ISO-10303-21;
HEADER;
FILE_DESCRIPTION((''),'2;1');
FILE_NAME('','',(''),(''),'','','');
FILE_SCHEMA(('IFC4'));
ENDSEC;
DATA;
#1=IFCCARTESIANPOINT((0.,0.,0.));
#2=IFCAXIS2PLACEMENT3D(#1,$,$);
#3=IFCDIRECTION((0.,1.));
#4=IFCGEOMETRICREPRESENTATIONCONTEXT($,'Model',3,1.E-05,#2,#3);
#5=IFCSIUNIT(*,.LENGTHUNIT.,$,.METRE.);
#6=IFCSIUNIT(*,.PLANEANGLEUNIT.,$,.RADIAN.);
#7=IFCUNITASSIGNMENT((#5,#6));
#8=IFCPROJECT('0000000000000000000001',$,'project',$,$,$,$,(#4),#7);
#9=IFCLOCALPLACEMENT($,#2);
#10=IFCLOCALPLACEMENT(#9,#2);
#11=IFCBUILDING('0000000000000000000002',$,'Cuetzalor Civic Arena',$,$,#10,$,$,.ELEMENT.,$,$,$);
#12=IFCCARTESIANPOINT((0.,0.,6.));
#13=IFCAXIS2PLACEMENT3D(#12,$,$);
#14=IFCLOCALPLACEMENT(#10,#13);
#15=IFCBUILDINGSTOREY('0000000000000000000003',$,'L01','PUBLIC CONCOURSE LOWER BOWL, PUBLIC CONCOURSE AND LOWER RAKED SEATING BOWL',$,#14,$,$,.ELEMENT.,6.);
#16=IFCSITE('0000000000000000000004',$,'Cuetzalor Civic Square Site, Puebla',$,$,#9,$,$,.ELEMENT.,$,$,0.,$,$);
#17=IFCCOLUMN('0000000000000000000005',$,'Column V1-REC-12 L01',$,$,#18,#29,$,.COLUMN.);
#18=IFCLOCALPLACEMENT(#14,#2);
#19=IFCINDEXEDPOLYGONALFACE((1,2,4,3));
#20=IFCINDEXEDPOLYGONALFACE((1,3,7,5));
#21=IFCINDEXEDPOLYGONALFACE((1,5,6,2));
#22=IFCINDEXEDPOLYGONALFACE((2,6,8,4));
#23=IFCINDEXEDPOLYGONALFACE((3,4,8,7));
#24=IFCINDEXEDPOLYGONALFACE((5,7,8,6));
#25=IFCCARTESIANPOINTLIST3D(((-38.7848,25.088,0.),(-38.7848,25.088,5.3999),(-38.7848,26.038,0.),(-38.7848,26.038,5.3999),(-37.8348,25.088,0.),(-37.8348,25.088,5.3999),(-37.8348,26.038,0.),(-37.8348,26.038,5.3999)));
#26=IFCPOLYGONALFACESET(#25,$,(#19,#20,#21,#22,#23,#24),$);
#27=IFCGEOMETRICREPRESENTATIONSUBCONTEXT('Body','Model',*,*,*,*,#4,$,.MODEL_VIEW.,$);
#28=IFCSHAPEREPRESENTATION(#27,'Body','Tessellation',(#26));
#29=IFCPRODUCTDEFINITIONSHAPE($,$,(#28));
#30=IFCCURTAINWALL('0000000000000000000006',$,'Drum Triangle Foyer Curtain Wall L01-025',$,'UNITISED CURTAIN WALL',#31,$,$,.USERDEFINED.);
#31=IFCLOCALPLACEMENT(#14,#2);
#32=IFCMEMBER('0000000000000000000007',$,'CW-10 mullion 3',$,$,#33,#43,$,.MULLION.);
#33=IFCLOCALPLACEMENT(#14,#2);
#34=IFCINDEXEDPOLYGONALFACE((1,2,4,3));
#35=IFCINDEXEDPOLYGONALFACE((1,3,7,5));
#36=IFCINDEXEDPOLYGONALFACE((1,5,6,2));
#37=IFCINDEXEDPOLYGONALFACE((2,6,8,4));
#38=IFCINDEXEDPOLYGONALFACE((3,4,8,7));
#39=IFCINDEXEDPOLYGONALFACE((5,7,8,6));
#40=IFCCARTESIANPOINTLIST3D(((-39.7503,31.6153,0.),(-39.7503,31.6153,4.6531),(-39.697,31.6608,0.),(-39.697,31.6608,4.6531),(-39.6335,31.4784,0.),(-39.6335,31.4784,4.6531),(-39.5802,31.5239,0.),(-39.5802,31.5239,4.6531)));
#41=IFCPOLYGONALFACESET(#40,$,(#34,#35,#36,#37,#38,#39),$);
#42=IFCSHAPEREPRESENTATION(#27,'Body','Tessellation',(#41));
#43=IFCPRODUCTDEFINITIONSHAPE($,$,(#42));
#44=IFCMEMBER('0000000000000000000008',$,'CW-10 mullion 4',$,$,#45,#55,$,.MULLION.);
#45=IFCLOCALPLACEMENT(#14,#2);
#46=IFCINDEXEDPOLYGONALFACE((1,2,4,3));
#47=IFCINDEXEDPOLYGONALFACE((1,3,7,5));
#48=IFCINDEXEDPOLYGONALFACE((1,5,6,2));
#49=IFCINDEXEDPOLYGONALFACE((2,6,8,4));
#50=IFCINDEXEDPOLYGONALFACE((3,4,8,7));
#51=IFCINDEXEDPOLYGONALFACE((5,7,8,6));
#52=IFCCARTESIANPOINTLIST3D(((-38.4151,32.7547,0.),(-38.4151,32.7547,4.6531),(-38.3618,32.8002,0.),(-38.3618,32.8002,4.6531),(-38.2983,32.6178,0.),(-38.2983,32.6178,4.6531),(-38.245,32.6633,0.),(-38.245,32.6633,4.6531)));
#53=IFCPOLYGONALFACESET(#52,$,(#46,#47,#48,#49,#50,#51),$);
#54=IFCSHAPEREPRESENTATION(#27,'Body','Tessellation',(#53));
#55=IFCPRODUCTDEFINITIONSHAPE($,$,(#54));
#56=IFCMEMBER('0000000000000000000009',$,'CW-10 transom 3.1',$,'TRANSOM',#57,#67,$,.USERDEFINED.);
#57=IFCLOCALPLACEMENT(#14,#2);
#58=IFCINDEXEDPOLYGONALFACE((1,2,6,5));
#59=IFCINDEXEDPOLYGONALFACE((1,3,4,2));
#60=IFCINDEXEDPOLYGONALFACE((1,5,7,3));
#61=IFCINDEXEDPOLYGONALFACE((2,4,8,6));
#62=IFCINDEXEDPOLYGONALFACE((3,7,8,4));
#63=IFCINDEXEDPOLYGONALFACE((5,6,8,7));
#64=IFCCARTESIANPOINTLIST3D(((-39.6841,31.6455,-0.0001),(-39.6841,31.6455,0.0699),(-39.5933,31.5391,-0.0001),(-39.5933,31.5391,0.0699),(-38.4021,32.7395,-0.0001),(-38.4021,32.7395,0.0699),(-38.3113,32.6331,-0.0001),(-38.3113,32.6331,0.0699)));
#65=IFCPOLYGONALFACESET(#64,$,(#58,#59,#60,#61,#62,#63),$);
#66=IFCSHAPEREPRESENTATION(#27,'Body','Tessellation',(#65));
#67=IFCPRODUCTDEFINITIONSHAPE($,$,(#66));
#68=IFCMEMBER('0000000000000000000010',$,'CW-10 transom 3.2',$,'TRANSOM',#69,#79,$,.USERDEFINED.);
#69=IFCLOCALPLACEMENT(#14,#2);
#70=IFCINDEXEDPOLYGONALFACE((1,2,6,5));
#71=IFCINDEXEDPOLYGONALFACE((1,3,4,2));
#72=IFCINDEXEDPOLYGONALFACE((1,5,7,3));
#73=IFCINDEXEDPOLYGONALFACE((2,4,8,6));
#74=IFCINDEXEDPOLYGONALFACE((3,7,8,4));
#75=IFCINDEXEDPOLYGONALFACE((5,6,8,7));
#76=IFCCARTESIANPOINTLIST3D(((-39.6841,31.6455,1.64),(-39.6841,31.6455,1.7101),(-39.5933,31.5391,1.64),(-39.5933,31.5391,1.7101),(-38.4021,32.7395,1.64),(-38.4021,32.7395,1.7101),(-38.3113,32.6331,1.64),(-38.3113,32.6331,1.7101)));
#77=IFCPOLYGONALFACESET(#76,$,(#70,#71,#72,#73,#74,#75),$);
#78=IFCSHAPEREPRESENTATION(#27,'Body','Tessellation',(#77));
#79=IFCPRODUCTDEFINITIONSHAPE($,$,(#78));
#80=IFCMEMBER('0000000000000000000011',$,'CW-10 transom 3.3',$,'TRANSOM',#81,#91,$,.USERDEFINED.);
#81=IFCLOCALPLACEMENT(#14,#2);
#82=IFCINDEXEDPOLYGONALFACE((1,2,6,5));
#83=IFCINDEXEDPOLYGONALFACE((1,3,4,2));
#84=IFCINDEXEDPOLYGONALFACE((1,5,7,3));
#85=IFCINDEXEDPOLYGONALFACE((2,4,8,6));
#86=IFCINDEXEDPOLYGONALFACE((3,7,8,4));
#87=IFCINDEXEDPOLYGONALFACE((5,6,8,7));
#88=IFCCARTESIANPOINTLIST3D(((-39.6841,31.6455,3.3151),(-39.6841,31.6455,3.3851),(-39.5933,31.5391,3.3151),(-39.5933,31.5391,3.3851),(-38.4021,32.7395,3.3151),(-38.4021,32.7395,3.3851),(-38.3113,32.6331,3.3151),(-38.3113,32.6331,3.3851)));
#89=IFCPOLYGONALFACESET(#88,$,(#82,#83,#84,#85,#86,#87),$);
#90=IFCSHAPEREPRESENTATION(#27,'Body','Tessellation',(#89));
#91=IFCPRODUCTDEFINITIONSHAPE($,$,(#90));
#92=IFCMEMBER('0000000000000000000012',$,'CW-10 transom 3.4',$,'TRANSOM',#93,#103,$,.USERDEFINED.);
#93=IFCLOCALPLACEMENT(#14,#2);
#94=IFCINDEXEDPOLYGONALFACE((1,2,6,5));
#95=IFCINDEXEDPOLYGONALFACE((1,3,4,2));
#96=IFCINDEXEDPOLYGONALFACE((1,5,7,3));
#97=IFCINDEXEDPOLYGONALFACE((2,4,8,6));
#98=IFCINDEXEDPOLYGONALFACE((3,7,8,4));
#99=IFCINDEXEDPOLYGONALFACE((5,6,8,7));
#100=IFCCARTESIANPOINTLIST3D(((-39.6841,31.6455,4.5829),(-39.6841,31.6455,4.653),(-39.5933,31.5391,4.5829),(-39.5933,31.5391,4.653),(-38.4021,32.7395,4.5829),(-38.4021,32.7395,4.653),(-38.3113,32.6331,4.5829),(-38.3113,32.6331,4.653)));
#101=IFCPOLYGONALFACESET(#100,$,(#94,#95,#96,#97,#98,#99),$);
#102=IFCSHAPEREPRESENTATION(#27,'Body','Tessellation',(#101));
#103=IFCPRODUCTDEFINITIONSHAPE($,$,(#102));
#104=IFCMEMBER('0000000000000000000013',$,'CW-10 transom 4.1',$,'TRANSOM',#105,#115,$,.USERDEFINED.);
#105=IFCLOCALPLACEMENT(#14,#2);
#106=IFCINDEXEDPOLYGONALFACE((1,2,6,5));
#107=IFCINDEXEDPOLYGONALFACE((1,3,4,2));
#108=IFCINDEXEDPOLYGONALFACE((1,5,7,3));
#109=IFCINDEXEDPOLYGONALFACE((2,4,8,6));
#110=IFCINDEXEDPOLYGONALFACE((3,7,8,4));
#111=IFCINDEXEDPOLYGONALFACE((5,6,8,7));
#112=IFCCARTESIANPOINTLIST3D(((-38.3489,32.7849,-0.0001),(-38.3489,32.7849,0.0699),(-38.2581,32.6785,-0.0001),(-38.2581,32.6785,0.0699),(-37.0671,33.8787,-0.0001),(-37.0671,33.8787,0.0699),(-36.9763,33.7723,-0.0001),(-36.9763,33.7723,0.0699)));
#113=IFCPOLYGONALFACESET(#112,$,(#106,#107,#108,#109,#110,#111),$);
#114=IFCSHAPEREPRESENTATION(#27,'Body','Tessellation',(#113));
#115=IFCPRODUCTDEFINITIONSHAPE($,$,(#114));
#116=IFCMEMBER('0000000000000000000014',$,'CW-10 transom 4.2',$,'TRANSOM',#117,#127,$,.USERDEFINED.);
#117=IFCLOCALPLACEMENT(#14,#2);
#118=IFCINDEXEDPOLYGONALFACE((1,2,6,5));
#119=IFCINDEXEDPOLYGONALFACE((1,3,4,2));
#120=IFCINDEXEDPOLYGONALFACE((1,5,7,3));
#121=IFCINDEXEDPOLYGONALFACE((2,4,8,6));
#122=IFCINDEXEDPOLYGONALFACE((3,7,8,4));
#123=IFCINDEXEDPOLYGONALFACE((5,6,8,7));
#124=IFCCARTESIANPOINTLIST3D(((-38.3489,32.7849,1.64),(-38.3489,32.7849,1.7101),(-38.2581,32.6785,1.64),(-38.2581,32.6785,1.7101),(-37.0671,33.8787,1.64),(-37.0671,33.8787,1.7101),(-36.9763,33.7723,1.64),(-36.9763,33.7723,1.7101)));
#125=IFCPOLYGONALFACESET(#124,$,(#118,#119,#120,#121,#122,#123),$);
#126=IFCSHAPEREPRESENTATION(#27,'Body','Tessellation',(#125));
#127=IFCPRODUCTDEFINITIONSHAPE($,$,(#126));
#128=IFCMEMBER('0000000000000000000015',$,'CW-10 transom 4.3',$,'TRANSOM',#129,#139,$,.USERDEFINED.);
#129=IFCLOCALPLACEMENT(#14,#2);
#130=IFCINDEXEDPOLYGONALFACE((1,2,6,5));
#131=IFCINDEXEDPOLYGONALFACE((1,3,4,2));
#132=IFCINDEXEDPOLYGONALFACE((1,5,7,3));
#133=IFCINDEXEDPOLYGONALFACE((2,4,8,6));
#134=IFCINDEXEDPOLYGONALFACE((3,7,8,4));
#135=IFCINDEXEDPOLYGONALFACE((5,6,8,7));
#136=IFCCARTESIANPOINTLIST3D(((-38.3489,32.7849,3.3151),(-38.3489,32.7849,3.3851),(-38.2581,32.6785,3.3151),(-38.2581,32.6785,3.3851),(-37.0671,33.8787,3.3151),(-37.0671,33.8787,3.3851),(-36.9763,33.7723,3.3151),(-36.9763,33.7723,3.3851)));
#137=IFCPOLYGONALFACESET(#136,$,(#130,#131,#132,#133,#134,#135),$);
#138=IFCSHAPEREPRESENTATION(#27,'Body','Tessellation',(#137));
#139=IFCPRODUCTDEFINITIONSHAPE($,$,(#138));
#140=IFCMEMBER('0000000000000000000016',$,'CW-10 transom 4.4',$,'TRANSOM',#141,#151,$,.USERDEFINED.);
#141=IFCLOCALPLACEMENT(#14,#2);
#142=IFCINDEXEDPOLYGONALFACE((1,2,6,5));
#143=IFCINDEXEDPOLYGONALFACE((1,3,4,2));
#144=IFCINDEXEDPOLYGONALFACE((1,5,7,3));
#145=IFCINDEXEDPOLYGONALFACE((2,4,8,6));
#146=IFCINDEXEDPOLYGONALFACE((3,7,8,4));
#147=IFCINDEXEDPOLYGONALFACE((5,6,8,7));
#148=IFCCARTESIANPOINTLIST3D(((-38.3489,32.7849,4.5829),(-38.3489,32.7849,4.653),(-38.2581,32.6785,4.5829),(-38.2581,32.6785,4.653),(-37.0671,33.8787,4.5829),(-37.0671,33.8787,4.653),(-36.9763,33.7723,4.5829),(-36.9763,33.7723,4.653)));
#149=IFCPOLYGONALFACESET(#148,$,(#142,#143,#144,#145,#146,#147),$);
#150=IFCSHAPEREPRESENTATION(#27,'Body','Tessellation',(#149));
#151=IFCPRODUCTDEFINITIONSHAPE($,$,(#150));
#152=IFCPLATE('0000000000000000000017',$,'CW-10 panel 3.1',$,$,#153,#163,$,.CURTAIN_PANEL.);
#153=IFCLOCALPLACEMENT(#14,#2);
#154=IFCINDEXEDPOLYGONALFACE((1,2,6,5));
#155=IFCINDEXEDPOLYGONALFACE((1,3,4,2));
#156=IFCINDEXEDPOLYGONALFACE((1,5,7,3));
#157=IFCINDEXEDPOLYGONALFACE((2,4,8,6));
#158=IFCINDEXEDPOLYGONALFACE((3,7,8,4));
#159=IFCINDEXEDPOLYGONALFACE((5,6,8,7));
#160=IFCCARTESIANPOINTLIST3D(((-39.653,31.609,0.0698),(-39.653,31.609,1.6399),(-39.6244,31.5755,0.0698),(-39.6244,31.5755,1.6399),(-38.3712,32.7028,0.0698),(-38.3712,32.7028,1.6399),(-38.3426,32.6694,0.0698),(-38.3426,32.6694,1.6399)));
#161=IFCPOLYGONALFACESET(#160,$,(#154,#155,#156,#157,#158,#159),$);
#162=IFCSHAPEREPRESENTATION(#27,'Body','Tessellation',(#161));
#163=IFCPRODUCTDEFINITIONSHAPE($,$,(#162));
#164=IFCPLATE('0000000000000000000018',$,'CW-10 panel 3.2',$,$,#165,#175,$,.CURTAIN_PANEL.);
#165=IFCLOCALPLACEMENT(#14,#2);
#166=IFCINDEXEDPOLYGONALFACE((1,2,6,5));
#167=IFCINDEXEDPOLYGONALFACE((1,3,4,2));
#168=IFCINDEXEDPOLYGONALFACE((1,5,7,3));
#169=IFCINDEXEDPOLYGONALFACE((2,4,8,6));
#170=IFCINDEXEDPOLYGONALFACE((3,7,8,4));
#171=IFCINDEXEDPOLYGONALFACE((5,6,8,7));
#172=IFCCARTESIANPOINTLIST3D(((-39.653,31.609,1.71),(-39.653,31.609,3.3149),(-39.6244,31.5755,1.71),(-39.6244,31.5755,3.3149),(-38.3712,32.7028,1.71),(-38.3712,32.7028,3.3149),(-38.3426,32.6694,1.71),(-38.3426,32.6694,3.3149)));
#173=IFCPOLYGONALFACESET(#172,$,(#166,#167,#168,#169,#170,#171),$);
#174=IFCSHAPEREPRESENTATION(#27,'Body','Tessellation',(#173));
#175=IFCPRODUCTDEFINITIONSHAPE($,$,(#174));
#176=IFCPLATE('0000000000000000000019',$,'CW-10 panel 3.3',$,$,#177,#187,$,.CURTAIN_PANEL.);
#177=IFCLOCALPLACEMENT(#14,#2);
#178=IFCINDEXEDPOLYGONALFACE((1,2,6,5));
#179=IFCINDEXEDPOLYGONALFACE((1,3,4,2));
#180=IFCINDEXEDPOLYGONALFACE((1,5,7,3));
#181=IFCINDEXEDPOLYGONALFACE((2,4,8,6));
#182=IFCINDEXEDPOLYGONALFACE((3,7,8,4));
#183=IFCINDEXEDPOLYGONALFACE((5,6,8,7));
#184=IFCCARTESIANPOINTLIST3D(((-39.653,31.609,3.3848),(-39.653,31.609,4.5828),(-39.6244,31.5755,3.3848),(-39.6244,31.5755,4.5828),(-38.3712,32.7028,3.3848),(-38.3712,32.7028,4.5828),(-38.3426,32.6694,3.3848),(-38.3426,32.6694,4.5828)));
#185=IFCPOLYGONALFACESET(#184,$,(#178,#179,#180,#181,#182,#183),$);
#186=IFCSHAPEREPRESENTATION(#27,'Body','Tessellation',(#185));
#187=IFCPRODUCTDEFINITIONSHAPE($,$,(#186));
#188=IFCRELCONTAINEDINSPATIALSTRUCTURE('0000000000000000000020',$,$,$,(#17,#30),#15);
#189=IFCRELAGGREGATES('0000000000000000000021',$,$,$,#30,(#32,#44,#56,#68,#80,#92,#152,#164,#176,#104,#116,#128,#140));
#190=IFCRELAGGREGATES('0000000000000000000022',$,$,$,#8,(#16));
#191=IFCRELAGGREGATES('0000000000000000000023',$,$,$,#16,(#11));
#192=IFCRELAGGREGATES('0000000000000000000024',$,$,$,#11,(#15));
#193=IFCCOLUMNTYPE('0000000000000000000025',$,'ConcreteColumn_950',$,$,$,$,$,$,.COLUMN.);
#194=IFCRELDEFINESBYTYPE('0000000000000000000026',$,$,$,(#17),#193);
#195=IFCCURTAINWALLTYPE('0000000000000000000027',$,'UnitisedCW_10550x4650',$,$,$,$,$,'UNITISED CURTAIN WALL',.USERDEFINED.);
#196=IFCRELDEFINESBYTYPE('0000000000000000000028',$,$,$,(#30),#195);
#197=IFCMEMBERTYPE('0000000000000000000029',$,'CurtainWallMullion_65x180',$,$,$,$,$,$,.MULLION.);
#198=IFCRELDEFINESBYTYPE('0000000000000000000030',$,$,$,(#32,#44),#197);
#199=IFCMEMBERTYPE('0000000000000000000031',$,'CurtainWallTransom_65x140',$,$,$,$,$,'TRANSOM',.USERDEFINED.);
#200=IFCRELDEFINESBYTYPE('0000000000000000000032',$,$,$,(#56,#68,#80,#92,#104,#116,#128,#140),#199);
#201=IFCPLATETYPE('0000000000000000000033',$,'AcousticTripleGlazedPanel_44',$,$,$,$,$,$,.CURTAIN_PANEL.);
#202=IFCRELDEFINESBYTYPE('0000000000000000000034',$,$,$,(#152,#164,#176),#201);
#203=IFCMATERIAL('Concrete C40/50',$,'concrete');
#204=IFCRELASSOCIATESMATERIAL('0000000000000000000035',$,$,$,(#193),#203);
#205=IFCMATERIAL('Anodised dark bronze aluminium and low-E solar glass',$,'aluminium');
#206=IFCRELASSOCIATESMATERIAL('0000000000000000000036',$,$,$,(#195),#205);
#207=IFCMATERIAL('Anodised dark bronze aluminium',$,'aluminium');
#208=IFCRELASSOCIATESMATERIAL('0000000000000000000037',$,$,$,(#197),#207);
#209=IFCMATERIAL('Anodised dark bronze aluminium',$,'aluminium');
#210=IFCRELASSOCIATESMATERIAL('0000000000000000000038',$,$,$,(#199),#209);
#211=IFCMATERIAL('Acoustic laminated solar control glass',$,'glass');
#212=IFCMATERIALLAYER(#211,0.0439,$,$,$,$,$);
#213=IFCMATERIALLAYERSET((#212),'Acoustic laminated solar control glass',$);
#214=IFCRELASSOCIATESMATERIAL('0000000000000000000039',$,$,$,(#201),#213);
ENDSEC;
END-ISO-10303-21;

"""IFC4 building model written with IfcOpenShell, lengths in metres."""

from ifc_helpers import new_model, si_unit, direction, frame, origin, origin_2d, place, context, subcontext, project, spatial, rectangle, extrude, material, layer, layer_set, material_profile, profile_set, type_object, element, aggregate, save


model = new_model("IFC4")

# Units and contexts
model_context = context("Model", 3, precision=1e-05, world=origin(), true_north=direction((0.0, 1.0)))
body_context = subcontext(model_context, "Body", "Model", "MODEL_VIEW")
ifc_project = project(units=[si_unit("LENGTHUNIT", "METRE"), si_unit("PLANEANGLEUNIT", "RADIAN")], contexts=[model_context])

# Site, building, storey
site_placement = place(None, origin())
site = spatial("IfcSite", under=ifc_project, at=site_placement, Name="Cuetzalor Civic Square Site, Puebla", CompositionType="ELEMENT", RefElevation=0.0)
building_placement = place(site_placement, origin())
building = spatial("IfcBuilding", under=site, at=building_placement, Name="Cuetzalor Civic Arena", CompositionType="ELEMENT")
storey_placement = place(building_placement, frame((0.0, 0.0, 6.0)))
storey = spatial("IfcBuildingStorey", under=building, at=storey_placement, Name="L01", Description="PUBLIC CONCOURSE LOWER BOWL, PUBLIC CONCOURSE AND LOWER RAKED SEATING BOWL", CompositionType="ELEMENT", Elevation=6.0)

# Column
ifc_material_1 = material(Name="Concrete C40/50", Category="concrete")
ifc_material_profile_1 = material_profile(ifc_material_1, rectangle(XDim=0.95, YDim=0.95, at=origin_2d()), Name="RC 950x950")
ifc_profile_set_1 = profile_set([ifc_material_profile_1], Name="Concrete C40/50")
column_type = type_object("IfcColumnType", Name="ConcreteColumn_950", PredefinedType="COLUMN", material=ifc_profile_set_1)
column_placement = place(storey_placement, frame((-38.3098, 25.563, 0.0), z_axis=(0.0, 0.0, 1.0), x_axis=(1.0, 0.0, 0.0)))
element("IfcColumn", 1, at=column_placement, inside=storey, type_object=column_type, Name="Column V1-REC-12 L01", PredefinedType="COLUMN", context=body_context, shape_type="SweptSolid", body=[
    extrude(rectangle(XDim=0.95, YDim=0.95, at=origin_2d()), origin(), (0.0, 0.0, 1.0), 5.3999),
])

# Curtain wall, members, plates
ifc_material_2 = material(Name="Anodised dark bronze aluminium and low-E solar glass", Category="aluminium")
curtain_wall_type = type_object("IfcCurtainWallType", Name="UnitisedCW_10550x4650", ElementType="UNITISED CURTAIN WALL", PredefinedType="USERDEFINED", material=ifc_material_2)
curtain_wall_placement = place(storey_placement, origin())
curtain_wall = element("IfcCurtainWall", 2, at=curtain_wall_placement, inside=storey, type_object=curtain_wall_type, Name="Drum Triangle Foyer Curtain Wall L01-025", ObjectType="UNITISED CURTAIN WALL", PredefinedType="USERDEFINED")
ifc_material_3 = material(Name="Anodised dark bronze aluminium", Category="aluminium")
ifc_material_profile_2 = material_profile(ifc_material_3, rectangle(XDim=0.0701, YDim=0.1799, at=origin_2d()), Name="ALU MULLION 70x180")
ifc_profile_set_2 = profile_set([ifc_material_profile_2], Name="Anodised dark bronze aluminium")
member_type_1 = type_object("IfcMemberType", Name="CurtainWallMullion_65x180", PredefinedType="MULLION", material=ifc_profile_set_2)
member_1_placement = place(storey_placement, frame((-39.6653, 31.5696, 0.0), z_axis=(0.0, 0.0, 1.0), x_axis=(0.760677, 0.64913, 0.0)))
member_1 = element("IfcMember", 3, at=member_1_placement, type_object=member_type_1, Name="CW-10 mullion 3", PredefinedType="MULLION", context=body_context, shape_type="SweptSolid", body=[
    extrude(rectangle(XDim=0.0701, YDim=0.1799, at=origin_2d()), origin(), (0.0, 0.0, 1.0), 4.6531),
])
member_2_placement = place(storey_placement, frame((-38.3301, 32.709, 0.0), z_axis=(0.0, 0.0, 1.0), x_axis=(0.760677, 0.64913, 0.0)))
member_2 = element("IfcMember", 4, at=member_2_placement, type_object=member_type_1, Name="CW-10 mullion 4", PredefinedType="MULLION", context=body_context, shape_type="SweptSolid", body=[
    extrude(rectangle(XDim=0.0701, YDim=0.1799, at=origin_2d()), origin(), (0.0, 0.0, 1.0), 4.6531),
])
ifc_material_4 = material(Name="Anodised dark bronze aluminium", Category="aluminium")
ifc_material_profile_3 = material_profile(ifc_material_4, rectangle(XDim=0.1399, YDim=0.0701, at=origin_2d()), Name="ALU TRANSOM 70x140")
ifc_profile_set_3 = profile_set([ifc_material_profile_3], Name="Anodised dark bronze aluminium")
member_type_2 = type_object("IfcMemberType", Name="CurtainWallTransom_65x140", ElementType="TRANSOM", PredefinedType="USERDEFINED", material=ifc_profile_set_3)
member_3_placement = place(storey_placement, frame((-39.6387, 31.5923, 0.0349), z_axis=(0.760676, 0.649132, 0.0), x_axis=(-0.649132, 0.760676, 0.0)))
member_3 = element("IfcMember", 5, at=member_3_placement, type_object=member_type_2, Name="CW-10 transom 3.1", ObjectType="TRANSOM", PredefinedType="USERDEFINED", context=body_context, shape_type="SweptSolid", body=[
    extrude(rectangle(XDim=0.1399, YDim=0.0701, at=origin_2d()), origin(), (0.0, 0.0, 1.0), 1.6853),
])
member_4_placement = place(storey_placement, frame((-39.6387, 31.5923, 1.675), z_axis=(0.760676, 0.649132, 0.0), x_axis=(-0.649132, 0.760676, 0.0)))
member_4 = element("IfcMember", 6, at=member_4_placement, type_object=member_type_2, Name="CW-10 transom 3.2", ObjectType="TRANSOM", PredefinedType="USERDEFINED", context=body_context, shape_type="SweptSolid", body=[
    extrude(rectangle(XDim=0.1399, YDim=0.0701, at=origin_2d()), origin(), (0.0, 0.0, 1.0), 1.6853),
])
member_5_placement = place(storey_placement, frame((-39.6387, 31.5923, 3.3501), z_axis=(0.760676, 0.649132, 0.0), x_axis=(-0.649132, 0.760676, 0.0)))
member_5 = element("IfcMember", 7, at=member_5_placement, type_object=member_type_2, Name="CW-10 transom 3.3", ObjectType="TRANSOM", PredefinedType="USERDEFINED", context=body_context, shape_type="SweptSolid", body=[
    extrude(rectangle(XDim=0.1399, YDim=0.0701, at=origin_2d()), origin(), (0.0, 0.0, 1.0), 1.6853),
])
member_6_placement = place(storey_placement, frame((-39.6387, 31.5923, 4.6179), z_axis=(0.760676, 0.649132, 0.0), x_axis=(-0.649132, 0.760676, 0.0)))
member_6 = element("IfcMember", 8, at=member_6_placement, type_object=member_type_2, Name="CW-10 transom 3.4", ObjectType="TRANSOM", PredefinedType="USERDEFINED", context=body_context, shape_type="SweptSolid", body=[
    extrude(rectangle(XDim=0.1399, YDim=0.0701, at=origin_2d()), origin(), (0.0, 0.0, 1.0), 1.6853),
])
member_7_placement = place(storey_placement, frame((-38.3035, 32.7317, 0.0349), z_axis=(0.760687, 0.649119, 0.0), x_axis=(-0.649119, 0.760687, 0.0)))
member_7 = element("IfcMember", 9, at=member_7_placement, type_object=member_type_2, Name="CW-10 transom 4.1", ObjectType="TRANSOM", PredefinedType="USERDEFINED", context=body_context, shape_type="SweptSolid", body=[
    extrude(rectangle(XDim=0.1399, YDim=0.0701, at=origin_2d()), origin(), (0.0, 0.0, 1.0), 1.6851),
])
member_8_placement = place(storey_placement, frame((-38.3035, 32.7317, 1.675), z_axis=(0.760687, 0.649119, 0.0), x_axis=(-0.649119, 0.760687, 0.0)))
member_8 = element("IfcMember", 10, at=member_8_placement, type_object=member_type_2, Name="CW-10 transom 4.2", ObjectType="TRANSOM", PredefinedType="USERDEFINED", context=body_context, shape_type="SweptSolid", body=[
    extrude(rectangle(XDim=0.1399, YDim=0.0701, at=origin_2d()), origin(), (0.0, 0.0, 1.0), 1.6851),
])
member_9_placement = place(storey_placement, frame((-38.3035, 32.7317, 3.3501), z_axis=(0.760687, 0.649119, 0.0), x_axis=(-0.649119, 0.760687, 0.0)))
member_9 = element("IfcMember", 11, at=member_9_placement, type_object=member_type_2, Name="CW-10 transom 4.3", ObjectType="TRANSOM", PredefinedType="USERDEFINED", context=body_context, shape_type="SweptSolid", body=[
    extrude(rectangle(XDim=0.1399, YDim=0.0701, at=origin_2d()), origin(), (0.0, 0.0, 1.0), 1.6851),
])
member_10_placement = place(storey_placement, frame((-38.3035, 32.7317, 4.6179), z_axis=(0.760687, 0.649119, 0.0), x_axis=(-0.649119, 0.760687, 0.0)))
member_10 = element("IfcMember", 12, at=member_10_placement, type_object=member_type_2, Name="CW-10 transom 4.4", ObjectType="TRANSOM", PredefinedType="USERDEFINED", context=body_context, shape_type="SweptSolid", body=[
    extrude(rectangle(XDim=0.1399, YDim=0.0701, at=origin_2d()), origin(), (0.0, 0.0, 1.0), 1.6851),
])
ifc_material_5 = material(Name="Acoustic laminated solar control glass", Category="glass")
ifc_layer_1 = layer(ifc_material_5, 0.0439)
ifc_layer_set_1 = layer_set([ifc_layer_1], Name="Acoustic laminated solar control glass")
plate_type = type_object("IfcPlateType", Name="AcousticTripleGlazedPanel_44", PredefinedType="CURTAIN_PANEL", material=ifc_layer_set_1)
plate_1_placement = place(storey_placement, frame((-38.9978, 32.1392, 0.0698), z_axis=(0.0, 0.0, 1.0), x_axis=(0.760677, 0.64913, 0.0)))
plate_1 = element("IfcPlate", 13, at=plate_1_placement, type_object=plate_type, Name="CW-10 panel 3.1", PredefinedType="CURTAIN_PANEL", context=body_context, shape_type="SweptSolid", body=[
    extrude(rectangle(XDim=1.6851, YDim=0.0439, at=origin_2d()), origin(), (0.0, 0.0, 1.0), 1.5701),
])
plate_2_placement = place(storey_placement, frame((-38.9978, 32.1392, 1.71), z_axis=(0.0, 0.0, 1.0), x_axis=(0.760677, 0.64913, 0.0)))
plate_2 = element("IfcPlate", 14, at=plate_2_placement, type_object=plate_type, Name="CW-10 panel 3.2", PredefinedType="CURTAIN_PANEL", context=body_context, shape_type="SweptSolid", body=[
    extrude(rectangle(XDim=1.6851, YDim=0.0439, at=origin_2d()), origin(), (0.0, 0.0, 1.0), 1.605),
])
plate_3_placement = place(storey_placement, frame((-38.9978, 32.1392, 3.3848), z_axis=(0.0, 0.0, 1.0), x_axis=(0.760677, 0.64913, 0.0)))
plate_3 = element("IfcPlate", 15, at=plate_3_placement, type_object=plate_type, Name="CW-10 panel 3.3", PredefinedType="CURTAIN_PANEL", context=body_context, shape_type="SweptSolid", body=[
    extrude(rectangle(XDim=1.6851, YDim=0.0439, at=origin_2d()), origin(), (0.0, 0.0, 1.0), 1.198),
])
aggregate(curtain_wall, [member_1, member_2, member_3, member_4, member_5, member_6, plate_1, plate_2, plate_3, member_7, member_8, member_9, member_10])

save(model, "model.ifc")
